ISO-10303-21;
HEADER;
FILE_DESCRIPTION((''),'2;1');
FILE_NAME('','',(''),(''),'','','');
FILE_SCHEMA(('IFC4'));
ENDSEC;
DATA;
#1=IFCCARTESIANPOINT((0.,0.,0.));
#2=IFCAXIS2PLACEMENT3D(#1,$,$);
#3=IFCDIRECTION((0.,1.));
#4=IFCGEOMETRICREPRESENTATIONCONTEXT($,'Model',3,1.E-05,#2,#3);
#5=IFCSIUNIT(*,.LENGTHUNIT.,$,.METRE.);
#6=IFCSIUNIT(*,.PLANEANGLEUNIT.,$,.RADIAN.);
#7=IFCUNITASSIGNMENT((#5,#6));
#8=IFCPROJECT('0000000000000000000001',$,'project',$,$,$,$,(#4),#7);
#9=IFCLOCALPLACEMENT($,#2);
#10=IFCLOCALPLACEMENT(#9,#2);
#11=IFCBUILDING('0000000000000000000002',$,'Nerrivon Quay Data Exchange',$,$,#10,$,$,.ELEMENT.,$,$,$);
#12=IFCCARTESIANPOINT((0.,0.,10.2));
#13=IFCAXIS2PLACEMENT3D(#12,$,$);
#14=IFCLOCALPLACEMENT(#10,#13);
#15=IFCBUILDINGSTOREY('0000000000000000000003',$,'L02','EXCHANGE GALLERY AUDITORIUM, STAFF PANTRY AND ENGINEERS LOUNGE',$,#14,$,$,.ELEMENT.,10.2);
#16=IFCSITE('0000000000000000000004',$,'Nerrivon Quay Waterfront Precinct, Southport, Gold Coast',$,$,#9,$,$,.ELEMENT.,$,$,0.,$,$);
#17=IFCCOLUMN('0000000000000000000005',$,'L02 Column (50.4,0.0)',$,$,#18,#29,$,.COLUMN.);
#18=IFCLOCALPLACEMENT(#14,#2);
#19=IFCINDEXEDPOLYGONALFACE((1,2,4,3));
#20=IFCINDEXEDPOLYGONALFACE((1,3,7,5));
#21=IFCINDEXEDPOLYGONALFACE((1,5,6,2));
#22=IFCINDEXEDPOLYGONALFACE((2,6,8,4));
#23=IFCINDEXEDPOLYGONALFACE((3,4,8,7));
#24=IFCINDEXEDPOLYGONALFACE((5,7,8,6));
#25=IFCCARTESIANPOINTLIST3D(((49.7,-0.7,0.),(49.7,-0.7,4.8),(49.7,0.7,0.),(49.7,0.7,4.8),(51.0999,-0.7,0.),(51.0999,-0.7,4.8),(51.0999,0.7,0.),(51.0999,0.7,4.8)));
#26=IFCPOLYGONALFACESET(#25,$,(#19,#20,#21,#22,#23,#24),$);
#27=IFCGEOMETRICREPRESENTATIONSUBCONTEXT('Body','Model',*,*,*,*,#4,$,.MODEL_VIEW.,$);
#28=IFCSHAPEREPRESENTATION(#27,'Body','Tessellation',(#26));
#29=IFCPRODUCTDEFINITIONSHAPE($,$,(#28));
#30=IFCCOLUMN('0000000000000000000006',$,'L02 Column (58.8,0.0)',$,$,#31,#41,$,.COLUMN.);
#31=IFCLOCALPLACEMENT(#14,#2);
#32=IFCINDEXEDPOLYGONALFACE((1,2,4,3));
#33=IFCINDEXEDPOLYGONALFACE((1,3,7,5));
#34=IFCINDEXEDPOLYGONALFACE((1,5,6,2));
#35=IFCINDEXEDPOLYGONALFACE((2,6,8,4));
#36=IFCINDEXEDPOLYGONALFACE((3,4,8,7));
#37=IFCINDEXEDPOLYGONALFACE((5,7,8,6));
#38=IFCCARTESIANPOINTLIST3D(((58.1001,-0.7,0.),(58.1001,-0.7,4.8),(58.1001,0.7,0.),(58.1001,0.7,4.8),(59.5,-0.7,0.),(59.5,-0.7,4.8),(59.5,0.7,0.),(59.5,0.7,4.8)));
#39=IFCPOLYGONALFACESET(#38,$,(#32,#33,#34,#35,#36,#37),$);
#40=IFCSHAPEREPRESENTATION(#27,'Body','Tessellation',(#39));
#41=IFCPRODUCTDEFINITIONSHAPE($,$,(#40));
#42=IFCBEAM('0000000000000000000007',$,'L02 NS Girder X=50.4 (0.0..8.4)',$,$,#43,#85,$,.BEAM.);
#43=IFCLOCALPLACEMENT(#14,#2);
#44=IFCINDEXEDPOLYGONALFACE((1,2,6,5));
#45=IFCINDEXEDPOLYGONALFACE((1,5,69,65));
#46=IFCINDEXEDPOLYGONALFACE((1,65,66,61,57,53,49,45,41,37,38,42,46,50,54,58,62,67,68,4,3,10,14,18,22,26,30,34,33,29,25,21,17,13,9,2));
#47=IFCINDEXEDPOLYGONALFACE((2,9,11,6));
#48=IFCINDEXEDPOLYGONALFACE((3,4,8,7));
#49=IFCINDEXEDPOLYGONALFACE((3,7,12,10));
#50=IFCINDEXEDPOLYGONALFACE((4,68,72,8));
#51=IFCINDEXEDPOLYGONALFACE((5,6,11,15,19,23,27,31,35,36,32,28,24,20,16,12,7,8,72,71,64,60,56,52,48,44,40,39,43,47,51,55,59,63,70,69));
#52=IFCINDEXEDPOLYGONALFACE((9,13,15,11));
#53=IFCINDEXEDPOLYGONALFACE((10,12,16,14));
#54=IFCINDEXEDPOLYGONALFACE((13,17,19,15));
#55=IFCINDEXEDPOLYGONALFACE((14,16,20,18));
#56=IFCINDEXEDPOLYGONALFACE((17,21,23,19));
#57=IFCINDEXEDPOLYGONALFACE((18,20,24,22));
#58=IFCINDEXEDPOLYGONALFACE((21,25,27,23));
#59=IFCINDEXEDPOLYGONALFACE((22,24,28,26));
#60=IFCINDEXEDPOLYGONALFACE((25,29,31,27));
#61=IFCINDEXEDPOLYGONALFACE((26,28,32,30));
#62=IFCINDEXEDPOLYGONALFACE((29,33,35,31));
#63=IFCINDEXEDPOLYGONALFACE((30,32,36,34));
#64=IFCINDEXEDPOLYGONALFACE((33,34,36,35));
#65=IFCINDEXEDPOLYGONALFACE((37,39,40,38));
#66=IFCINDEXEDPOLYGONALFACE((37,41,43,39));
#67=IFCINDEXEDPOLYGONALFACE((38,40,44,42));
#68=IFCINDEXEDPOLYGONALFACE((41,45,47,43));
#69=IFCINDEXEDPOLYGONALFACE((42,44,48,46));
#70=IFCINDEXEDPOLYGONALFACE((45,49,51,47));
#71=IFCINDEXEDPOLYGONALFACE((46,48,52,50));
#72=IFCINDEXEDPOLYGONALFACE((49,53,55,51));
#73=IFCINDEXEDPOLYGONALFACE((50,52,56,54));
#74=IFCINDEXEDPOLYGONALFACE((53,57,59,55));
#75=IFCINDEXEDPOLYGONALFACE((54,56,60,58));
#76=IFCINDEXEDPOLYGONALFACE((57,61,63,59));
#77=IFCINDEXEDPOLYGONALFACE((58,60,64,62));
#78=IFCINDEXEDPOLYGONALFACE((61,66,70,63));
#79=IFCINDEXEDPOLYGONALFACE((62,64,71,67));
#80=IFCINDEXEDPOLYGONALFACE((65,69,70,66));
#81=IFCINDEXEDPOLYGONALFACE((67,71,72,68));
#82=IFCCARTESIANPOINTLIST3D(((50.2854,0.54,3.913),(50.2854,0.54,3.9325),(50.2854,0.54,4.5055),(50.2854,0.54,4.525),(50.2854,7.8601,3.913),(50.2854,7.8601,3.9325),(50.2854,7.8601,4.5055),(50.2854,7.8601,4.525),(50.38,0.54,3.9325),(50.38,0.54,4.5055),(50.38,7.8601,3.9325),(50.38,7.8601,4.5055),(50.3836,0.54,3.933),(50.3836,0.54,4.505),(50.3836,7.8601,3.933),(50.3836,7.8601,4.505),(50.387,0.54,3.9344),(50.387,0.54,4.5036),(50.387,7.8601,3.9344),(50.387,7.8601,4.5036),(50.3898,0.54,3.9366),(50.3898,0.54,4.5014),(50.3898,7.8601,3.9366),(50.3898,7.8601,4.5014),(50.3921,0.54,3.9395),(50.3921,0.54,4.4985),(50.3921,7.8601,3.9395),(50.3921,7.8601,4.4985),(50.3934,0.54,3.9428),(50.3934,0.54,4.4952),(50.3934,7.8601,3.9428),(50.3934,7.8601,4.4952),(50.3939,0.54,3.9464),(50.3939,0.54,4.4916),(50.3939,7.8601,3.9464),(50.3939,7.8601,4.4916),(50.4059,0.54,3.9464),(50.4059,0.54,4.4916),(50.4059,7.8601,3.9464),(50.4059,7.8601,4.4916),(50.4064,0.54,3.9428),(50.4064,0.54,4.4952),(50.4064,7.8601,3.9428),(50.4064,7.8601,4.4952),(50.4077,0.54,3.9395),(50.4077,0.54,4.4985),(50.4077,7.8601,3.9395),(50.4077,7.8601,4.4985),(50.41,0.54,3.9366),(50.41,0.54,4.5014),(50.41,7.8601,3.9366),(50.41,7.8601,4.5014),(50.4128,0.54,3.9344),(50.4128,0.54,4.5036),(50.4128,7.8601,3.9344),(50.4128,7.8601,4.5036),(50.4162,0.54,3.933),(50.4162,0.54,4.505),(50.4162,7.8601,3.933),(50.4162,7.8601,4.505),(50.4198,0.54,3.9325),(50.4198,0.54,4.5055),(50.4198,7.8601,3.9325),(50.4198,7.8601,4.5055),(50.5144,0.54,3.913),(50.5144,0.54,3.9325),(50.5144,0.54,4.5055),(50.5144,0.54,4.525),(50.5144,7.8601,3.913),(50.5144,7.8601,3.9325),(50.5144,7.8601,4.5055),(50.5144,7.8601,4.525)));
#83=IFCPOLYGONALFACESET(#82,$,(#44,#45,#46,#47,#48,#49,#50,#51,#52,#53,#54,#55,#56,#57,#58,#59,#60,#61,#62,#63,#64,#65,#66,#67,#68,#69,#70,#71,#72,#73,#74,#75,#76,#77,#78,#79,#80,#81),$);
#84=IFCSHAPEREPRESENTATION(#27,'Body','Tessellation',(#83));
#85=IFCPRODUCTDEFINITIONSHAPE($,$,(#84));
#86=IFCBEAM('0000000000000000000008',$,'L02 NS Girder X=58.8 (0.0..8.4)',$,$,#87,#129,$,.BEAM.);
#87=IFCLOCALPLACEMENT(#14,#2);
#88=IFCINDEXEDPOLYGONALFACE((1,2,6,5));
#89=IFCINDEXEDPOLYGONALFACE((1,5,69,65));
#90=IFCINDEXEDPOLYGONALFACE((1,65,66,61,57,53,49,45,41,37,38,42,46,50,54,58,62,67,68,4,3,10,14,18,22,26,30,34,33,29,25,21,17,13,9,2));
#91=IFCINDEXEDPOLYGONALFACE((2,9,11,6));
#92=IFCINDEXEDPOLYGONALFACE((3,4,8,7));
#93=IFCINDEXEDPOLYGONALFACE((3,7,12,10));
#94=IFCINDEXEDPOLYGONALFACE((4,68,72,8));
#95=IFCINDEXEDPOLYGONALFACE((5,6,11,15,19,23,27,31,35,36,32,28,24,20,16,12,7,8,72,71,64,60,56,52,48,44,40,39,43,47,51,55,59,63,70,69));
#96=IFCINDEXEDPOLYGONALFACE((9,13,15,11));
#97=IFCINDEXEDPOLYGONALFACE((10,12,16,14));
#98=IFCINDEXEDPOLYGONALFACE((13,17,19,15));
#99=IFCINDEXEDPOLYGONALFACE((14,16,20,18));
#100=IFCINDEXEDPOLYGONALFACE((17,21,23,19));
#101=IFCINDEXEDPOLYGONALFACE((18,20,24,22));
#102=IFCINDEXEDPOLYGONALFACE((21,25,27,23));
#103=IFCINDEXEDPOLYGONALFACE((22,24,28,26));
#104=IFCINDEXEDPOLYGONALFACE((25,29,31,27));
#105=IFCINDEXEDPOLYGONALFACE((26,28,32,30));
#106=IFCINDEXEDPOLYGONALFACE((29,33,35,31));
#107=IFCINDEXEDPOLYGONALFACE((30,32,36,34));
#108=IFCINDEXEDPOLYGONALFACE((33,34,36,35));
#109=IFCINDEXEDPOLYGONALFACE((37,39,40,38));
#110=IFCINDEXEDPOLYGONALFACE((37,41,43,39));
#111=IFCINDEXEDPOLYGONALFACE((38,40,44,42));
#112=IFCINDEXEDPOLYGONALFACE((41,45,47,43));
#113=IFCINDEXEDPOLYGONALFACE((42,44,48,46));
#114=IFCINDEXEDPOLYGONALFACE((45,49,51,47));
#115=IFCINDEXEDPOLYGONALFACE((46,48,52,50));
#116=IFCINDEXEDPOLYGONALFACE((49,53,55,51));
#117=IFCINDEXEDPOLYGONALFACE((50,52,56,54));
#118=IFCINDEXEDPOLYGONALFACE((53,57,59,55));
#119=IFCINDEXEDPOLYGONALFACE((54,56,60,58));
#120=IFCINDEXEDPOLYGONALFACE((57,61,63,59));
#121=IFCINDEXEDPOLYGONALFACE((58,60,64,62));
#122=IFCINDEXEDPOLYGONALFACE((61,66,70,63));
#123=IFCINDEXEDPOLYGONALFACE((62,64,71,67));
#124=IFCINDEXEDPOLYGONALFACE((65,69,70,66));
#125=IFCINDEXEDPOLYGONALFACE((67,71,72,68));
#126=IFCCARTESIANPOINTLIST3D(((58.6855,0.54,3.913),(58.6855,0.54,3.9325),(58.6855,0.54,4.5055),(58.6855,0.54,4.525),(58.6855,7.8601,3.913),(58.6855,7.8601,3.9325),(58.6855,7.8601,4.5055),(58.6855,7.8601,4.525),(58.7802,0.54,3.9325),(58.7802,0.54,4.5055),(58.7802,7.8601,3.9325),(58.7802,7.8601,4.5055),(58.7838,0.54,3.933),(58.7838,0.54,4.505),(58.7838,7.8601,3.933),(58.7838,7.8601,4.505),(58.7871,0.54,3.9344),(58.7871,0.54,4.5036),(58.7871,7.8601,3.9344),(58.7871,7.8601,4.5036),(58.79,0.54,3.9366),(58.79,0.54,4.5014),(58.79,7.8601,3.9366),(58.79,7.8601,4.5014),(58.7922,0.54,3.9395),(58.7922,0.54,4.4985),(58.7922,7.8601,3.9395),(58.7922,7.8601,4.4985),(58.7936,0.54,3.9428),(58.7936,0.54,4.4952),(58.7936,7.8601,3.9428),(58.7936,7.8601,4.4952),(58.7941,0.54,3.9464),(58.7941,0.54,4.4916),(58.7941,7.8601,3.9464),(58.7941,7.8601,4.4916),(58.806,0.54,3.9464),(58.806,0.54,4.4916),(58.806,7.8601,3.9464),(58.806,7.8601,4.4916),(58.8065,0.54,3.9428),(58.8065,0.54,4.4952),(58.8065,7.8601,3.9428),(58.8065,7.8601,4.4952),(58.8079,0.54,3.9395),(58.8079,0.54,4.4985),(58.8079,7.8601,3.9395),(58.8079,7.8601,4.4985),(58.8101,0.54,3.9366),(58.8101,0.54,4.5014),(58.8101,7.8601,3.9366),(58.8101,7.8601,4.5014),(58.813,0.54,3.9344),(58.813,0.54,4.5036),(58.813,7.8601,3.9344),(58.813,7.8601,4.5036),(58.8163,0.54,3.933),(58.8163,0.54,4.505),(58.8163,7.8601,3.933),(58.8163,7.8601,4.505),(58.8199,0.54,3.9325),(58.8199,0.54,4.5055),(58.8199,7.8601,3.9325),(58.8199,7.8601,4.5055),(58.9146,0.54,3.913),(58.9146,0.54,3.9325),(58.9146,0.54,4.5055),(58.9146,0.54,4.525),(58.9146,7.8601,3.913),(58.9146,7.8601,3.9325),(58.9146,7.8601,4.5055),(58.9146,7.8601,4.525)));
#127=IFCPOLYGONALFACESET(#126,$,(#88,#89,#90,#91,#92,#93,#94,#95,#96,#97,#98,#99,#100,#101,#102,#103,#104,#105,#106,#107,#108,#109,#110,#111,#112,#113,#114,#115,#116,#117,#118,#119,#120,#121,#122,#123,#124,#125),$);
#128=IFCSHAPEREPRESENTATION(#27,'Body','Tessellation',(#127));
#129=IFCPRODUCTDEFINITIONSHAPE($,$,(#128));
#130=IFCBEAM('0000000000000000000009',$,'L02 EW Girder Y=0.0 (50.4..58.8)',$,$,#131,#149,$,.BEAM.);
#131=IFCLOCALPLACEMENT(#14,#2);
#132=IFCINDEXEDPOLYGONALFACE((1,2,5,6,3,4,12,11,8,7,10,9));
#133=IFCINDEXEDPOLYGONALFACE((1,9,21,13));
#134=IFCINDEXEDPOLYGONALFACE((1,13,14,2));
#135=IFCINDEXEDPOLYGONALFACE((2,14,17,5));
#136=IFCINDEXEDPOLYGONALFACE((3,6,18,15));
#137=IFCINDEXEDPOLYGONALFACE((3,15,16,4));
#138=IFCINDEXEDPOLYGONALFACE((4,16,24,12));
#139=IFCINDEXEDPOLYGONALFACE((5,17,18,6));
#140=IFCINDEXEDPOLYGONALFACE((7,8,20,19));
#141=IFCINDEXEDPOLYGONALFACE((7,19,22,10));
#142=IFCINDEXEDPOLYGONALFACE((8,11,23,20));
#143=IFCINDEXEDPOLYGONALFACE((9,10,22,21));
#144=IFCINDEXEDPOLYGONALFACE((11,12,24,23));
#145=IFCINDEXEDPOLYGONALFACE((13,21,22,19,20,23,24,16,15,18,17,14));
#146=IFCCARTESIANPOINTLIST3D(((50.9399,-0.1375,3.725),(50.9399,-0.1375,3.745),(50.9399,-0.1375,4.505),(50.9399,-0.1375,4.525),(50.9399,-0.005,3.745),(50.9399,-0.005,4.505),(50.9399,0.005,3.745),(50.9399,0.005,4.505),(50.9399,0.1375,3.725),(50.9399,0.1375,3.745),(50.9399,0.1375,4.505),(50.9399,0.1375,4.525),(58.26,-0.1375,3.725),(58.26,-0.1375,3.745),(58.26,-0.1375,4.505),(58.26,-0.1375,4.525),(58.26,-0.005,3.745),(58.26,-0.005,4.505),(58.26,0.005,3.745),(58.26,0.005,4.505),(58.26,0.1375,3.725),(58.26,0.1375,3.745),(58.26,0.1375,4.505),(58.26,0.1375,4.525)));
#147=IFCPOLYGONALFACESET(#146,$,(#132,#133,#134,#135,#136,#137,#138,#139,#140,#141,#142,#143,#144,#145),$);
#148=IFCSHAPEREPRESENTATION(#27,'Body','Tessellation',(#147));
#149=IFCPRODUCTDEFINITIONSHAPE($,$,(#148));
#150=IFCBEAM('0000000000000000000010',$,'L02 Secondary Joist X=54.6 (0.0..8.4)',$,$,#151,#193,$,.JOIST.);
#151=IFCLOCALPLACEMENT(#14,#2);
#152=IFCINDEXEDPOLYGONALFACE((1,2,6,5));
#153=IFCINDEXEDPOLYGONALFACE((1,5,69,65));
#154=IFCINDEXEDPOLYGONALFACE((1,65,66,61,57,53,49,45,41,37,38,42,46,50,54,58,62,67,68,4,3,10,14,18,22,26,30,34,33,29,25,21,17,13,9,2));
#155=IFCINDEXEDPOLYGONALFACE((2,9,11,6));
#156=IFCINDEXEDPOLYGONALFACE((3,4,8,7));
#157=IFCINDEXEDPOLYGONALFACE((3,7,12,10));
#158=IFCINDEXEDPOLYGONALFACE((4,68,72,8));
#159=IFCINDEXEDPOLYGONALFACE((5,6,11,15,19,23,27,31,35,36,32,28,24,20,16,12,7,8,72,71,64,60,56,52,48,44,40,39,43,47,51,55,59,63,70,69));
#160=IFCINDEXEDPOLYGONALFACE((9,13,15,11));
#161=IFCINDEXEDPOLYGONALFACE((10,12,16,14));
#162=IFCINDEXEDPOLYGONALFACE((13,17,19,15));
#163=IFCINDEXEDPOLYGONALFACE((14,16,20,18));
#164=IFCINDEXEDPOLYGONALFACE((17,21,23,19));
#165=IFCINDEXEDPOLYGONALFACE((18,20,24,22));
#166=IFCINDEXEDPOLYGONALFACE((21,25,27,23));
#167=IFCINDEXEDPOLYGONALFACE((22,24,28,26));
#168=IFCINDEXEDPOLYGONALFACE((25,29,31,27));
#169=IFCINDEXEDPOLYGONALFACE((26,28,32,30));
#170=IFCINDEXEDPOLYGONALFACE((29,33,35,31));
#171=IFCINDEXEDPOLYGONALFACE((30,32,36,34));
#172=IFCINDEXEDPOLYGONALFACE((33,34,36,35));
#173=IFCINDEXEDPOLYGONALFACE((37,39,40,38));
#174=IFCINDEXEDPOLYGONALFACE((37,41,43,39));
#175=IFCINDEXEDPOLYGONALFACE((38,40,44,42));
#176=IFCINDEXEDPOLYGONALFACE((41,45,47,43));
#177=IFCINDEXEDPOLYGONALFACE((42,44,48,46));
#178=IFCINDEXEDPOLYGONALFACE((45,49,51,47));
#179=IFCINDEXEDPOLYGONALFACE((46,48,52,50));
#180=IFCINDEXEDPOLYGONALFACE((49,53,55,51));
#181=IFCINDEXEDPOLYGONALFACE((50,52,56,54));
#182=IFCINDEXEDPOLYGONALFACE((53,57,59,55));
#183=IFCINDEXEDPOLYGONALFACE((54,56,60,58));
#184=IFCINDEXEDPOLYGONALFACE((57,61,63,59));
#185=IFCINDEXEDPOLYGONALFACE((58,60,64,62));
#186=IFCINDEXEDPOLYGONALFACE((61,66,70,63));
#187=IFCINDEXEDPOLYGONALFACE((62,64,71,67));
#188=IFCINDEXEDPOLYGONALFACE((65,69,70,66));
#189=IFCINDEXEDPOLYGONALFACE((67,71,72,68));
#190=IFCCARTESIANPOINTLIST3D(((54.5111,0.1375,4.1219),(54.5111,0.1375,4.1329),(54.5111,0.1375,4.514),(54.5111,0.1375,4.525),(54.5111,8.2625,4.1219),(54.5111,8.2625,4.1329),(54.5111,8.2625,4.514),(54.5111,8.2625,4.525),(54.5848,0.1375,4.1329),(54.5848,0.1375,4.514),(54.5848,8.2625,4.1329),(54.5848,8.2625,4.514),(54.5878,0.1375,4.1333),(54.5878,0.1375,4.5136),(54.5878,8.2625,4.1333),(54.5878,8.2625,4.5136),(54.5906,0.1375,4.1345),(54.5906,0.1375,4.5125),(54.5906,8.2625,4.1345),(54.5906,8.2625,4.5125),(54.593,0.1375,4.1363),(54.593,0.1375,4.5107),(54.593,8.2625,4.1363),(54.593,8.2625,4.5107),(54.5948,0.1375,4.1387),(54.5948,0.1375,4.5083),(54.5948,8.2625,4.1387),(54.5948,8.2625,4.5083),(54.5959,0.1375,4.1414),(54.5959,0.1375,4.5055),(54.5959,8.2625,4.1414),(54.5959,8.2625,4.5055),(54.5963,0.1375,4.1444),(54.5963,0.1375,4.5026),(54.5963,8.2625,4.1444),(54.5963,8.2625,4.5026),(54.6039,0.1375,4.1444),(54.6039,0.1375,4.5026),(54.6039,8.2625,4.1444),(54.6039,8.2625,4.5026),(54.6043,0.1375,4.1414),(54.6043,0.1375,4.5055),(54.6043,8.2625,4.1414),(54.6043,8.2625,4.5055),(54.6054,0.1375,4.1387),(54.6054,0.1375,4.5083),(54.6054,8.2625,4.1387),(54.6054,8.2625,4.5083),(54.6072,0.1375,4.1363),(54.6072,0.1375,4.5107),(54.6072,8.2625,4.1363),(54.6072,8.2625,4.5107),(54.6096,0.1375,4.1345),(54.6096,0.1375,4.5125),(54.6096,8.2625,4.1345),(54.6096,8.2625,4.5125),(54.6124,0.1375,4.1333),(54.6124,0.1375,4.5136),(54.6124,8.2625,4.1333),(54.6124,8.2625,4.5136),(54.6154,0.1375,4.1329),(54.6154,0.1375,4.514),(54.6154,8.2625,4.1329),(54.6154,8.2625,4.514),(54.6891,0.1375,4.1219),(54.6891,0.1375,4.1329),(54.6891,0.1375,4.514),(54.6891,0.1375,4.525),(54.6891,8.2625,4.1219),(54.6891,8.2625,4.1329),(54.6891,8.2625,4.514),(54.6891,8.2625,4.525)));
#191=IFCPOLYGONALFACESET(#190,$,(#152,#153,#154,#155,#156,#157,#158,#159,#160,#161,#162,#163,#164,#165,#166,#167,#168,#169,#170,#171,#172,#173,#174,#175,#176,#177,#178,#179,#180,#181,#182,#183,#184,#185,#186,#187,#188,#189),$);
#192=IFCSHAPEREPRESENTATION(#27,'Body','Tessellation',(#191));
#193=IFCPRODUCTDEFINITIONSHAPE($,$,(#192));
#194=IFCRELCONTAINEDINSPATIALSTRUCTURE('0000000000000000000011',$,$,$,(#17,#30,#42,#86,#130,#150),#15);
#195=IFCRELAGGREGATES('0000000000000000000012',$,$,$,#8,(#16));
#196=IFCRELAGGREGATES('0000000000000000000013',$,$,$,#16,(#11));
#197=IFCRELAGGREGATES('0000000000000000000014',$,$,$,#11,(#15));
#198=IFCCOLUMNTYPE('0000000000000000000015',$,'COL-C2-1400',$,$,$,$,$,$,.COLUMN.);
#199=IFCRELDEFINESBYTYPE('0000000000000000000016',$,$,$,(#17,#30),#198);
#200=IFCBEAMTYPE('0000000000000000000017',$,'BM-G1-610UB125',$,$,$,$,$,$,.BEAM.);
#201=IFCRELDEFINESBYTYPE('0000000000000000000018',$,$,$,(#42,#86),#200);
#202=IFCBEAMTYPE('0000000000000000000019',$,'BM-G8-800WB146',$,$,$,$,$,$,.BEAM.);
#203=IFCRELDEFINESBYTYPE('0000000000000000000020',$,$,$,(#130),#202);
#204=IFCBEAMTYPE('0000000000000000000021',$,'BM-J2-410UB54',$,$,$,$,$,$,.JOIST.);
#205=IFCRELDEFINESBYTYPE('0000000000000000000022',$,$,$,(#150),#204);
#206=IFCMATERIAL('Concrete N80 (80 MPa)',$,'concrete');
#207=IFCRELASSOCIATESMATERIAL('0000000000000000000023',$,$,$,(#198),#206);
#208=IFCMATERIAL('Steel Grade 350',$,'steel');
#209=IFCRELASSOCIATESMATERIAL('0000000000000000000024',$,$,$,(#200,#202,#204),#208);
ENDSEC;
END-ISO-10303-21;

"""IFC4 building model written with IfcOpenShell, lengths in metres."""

from ifc_helpers import new_model, si_unit, direction, frame, origin, origin_2d, place, context, subcontext, project, spatial, rectangle, i_section, extrude, material, material_profile, profile_set, type_object, element, save


model = new_model("IFC4")

# Units and contexts
model_context = context("Model", 3, precision=1e-05, world=origin(), true_north=direction((0.0, 1.0)))
body_context = subcontext(model_context, "Body", "Model", "MODEL_VIEW")
ifc_project = project(units=[si_unit("LENGTHUNIT", "METRE"), si_unit("PLANEANGLEUNIT", "RADIAN")], contexts=[model_context])

# Site, building, storey
site_placement = place(None, origin())
site = spatial("IfcSite", under=ifc_project, at=site_placement, Name="Nerrivon Quay Waterfront Precinct, Southport, Gold Coast", CompositionType="ELEMENT", RefElevation=0.0)
building_placement = place(site_placement, origin())
building = spatial("IfcBuilding", under=site, at=building_placement, Name="Nerrivon Quay Data Exchange", CompositionType="ELEMENT")
storey_placement = place(building_placement, frame((0.0, 0.0, 10.2)))
storey = spatial("IfcBuildingStorey", under=building, at=storey_placement, Name="L02", Description="EXCHANGE GALLERY AUDITORIUM, STAFF PANTRY AND ENGINEERS LOUNGE", CompositionType="ELEMENT", Elevation=10.2)

# Columns
ifc_material_1 = material(Name="Concrete N80 (80 MPa)", Category="concrete")
ifc_material_profile_1 = material_profile(ifc_material_1, rectangle(XDim=1.3999, YDim=1.3999, at=origin_2d()), Name="RC-COL-1400x1400")
ifc_profile_set_1 = profile_set([ifc_material_profile_1], Name="Concrete N80 (80 MPa)")
column_type = type_object("IfcColumnType", Name="COL-C2-1400", PredefinedType="COLUMN", material=ifc_profile_set_1)
for number, where, z_axis, x_axis, name in (
    (1, (50.3999, 0.0, 0.0), (0.0, 0.0, 1.0), (1.0, 0.0, 0.0), "L02 Column (50.4,0.0)"),
    (2, (58.8, 0.0, 0.0), (0.0, 0.0, 1.0), (1.0, 0.0, 0.0), "L02 Column (58.8,0.0)"),
):
    element("IfcColumn", number, at=place(storey_placement, frame(where, z_axis=z_axis, x_axis=x_axis)), inside=storey, type_object=column_type, Name=name, PredefinedType="COLUMN", context=body_context, shape_type="SweptSolid", body=[
        extrude(rectangle(XDim=1.3999, YDim=1.3999, at=origin_2d()), origin(), (0.0, 0.0, 1.0), 4.8),
    ])

# Beams
ifc_material_2 = material(Name="Steel Grade 350", Category="steel")
ifc_material_profile_2 = material_profile(ifc_material_2, i_section(OverallWidth=0.229, OverallDepth=0.6121, WebThickness=0.012, FlangeThickness=0.0195, FilletRadius=0.0139, at=origin_2d()), Name="610UB125")
ifc_profile_set_2 = profile_set([ifc_material_profile_2], Name="Steel Grade 350")
beam_type_1 = type_object("IfcBeamType", Name="BM-G1-610UB125", PredefinedType="BEAM", material=ifc_profile_set_2)
for number, where, z_axis, x_axis, name in (
    (3, (50.3999, 0.54, 4.219), (0.0, 1.0, 0.0), (-1.0, 0.0, 0.0), "L02 NS Girder X=50.4 (0.0..8.4)"),
    (4, (58.8, 0.54, 4.219), (0.0, 1.0, 0.0), (-1.0, 0.0, 0.0), "L02 NS Girder X=58.8 (0.0..8.4)"),
):
    element("IfcBeam", number, at=place(storey_placement, frame(where, z_axis=z_axis, x_axis=x_axis)), inside=storey, type_object=beam_type_1, Name=name, PredefinedType="BEAM", context=body_context, shape_type="SweptSolid", body=[
        extrude(i_section(OverallWidth=0.229, OverallDepth=0.6121, WebThickness=0.012, FlangeThickness=0.0195, FilletRadius=0.0139, at=origin_2d()), origin(), (0.0, 0.0, 1.0), 7.3201),
    ])
ifc_material_profile_3 = material_profile(ifc_material_2, i_section(OverallWidth=0.2749, OverallDepth=0.8, WebThickness=0.01, FlangeThickness=0.02, at=origin_2d()), Name="800WB146")
ifc_profile_set_3 = profile_set([ifc_material_profile_3], Name="Steel Grade 350")
beam_type_2 = type_object("IfcBeamType", Name="BM-G8-800WB146", PredefinedType="BEAM", material=ifc_profile_set_3)
beam_1_placement = place(storey_placement, frame((50.9399, 0.0, 4.125), z_axis=(1.0, 0.0, 0.0), x_axis=(0.0, 1.0, 0.0)))
element("IfcBeam", 5, at=beam_1_placement, inside=storey, type_object=beam_type_2, Name="L02 EW Girder Y=0.0 (50.4..58.8)", PredefinedType="BEAM", context=body_context, shape_type="SweptSolid", body=[
    extrude(i_section(OverallWidth=0.2749, OverallDepth=0.8, WebThickness=0.01, FlangeThickness=0.02, at=origin_2d()), origin(), (0.0, 0.0, 1.0), 7.3201),
])
ifc_material_profile_4 = material_profile(ifc_material_2, i_section(OverallWidth=0.178, OverallDepth=0.4031, WebThickness=0.0076, FlangeThickness=0.011, FilletRadius=0.0115, at=origin_2d()), Name="410UB53.7")
ifc_profile_set_4 = profile_set([ifc_material_profile_4], Name="Steel Grade 350")
beam_type_3 = type_object("IfcBeamType", Name="BM-J2-410UB54", PredefinedType="JOIST", material=ifc_profile_set_4)
beam_2_placement = place(storey_placement, frame((54.6001, 0.1375, 4.3235), z_axis=(0.0, 1.0, 0.0), x_axis=(-1.0, 0.0, 0.0)))
element("IfcBeam", 6, at=beam_2_placement, inside=storey, type_object=beam_type_3, Name="L02 Secondary Joist X=54.6 (0.0..8.4)", PredefinedType="JOIST", context=body_context, shape_type="SweptSolid", body=[
    extrude(i_section(OverallWidth=0.178, OverallDepth=0.4031, WebThickness=0.0076, FlangeThickness=0.011, FilletRadius=0.0115, at=origin_2d()), origin(), (0.0, 0.0, 1.0), 8.125),
])

save(model, "model.ifc")
